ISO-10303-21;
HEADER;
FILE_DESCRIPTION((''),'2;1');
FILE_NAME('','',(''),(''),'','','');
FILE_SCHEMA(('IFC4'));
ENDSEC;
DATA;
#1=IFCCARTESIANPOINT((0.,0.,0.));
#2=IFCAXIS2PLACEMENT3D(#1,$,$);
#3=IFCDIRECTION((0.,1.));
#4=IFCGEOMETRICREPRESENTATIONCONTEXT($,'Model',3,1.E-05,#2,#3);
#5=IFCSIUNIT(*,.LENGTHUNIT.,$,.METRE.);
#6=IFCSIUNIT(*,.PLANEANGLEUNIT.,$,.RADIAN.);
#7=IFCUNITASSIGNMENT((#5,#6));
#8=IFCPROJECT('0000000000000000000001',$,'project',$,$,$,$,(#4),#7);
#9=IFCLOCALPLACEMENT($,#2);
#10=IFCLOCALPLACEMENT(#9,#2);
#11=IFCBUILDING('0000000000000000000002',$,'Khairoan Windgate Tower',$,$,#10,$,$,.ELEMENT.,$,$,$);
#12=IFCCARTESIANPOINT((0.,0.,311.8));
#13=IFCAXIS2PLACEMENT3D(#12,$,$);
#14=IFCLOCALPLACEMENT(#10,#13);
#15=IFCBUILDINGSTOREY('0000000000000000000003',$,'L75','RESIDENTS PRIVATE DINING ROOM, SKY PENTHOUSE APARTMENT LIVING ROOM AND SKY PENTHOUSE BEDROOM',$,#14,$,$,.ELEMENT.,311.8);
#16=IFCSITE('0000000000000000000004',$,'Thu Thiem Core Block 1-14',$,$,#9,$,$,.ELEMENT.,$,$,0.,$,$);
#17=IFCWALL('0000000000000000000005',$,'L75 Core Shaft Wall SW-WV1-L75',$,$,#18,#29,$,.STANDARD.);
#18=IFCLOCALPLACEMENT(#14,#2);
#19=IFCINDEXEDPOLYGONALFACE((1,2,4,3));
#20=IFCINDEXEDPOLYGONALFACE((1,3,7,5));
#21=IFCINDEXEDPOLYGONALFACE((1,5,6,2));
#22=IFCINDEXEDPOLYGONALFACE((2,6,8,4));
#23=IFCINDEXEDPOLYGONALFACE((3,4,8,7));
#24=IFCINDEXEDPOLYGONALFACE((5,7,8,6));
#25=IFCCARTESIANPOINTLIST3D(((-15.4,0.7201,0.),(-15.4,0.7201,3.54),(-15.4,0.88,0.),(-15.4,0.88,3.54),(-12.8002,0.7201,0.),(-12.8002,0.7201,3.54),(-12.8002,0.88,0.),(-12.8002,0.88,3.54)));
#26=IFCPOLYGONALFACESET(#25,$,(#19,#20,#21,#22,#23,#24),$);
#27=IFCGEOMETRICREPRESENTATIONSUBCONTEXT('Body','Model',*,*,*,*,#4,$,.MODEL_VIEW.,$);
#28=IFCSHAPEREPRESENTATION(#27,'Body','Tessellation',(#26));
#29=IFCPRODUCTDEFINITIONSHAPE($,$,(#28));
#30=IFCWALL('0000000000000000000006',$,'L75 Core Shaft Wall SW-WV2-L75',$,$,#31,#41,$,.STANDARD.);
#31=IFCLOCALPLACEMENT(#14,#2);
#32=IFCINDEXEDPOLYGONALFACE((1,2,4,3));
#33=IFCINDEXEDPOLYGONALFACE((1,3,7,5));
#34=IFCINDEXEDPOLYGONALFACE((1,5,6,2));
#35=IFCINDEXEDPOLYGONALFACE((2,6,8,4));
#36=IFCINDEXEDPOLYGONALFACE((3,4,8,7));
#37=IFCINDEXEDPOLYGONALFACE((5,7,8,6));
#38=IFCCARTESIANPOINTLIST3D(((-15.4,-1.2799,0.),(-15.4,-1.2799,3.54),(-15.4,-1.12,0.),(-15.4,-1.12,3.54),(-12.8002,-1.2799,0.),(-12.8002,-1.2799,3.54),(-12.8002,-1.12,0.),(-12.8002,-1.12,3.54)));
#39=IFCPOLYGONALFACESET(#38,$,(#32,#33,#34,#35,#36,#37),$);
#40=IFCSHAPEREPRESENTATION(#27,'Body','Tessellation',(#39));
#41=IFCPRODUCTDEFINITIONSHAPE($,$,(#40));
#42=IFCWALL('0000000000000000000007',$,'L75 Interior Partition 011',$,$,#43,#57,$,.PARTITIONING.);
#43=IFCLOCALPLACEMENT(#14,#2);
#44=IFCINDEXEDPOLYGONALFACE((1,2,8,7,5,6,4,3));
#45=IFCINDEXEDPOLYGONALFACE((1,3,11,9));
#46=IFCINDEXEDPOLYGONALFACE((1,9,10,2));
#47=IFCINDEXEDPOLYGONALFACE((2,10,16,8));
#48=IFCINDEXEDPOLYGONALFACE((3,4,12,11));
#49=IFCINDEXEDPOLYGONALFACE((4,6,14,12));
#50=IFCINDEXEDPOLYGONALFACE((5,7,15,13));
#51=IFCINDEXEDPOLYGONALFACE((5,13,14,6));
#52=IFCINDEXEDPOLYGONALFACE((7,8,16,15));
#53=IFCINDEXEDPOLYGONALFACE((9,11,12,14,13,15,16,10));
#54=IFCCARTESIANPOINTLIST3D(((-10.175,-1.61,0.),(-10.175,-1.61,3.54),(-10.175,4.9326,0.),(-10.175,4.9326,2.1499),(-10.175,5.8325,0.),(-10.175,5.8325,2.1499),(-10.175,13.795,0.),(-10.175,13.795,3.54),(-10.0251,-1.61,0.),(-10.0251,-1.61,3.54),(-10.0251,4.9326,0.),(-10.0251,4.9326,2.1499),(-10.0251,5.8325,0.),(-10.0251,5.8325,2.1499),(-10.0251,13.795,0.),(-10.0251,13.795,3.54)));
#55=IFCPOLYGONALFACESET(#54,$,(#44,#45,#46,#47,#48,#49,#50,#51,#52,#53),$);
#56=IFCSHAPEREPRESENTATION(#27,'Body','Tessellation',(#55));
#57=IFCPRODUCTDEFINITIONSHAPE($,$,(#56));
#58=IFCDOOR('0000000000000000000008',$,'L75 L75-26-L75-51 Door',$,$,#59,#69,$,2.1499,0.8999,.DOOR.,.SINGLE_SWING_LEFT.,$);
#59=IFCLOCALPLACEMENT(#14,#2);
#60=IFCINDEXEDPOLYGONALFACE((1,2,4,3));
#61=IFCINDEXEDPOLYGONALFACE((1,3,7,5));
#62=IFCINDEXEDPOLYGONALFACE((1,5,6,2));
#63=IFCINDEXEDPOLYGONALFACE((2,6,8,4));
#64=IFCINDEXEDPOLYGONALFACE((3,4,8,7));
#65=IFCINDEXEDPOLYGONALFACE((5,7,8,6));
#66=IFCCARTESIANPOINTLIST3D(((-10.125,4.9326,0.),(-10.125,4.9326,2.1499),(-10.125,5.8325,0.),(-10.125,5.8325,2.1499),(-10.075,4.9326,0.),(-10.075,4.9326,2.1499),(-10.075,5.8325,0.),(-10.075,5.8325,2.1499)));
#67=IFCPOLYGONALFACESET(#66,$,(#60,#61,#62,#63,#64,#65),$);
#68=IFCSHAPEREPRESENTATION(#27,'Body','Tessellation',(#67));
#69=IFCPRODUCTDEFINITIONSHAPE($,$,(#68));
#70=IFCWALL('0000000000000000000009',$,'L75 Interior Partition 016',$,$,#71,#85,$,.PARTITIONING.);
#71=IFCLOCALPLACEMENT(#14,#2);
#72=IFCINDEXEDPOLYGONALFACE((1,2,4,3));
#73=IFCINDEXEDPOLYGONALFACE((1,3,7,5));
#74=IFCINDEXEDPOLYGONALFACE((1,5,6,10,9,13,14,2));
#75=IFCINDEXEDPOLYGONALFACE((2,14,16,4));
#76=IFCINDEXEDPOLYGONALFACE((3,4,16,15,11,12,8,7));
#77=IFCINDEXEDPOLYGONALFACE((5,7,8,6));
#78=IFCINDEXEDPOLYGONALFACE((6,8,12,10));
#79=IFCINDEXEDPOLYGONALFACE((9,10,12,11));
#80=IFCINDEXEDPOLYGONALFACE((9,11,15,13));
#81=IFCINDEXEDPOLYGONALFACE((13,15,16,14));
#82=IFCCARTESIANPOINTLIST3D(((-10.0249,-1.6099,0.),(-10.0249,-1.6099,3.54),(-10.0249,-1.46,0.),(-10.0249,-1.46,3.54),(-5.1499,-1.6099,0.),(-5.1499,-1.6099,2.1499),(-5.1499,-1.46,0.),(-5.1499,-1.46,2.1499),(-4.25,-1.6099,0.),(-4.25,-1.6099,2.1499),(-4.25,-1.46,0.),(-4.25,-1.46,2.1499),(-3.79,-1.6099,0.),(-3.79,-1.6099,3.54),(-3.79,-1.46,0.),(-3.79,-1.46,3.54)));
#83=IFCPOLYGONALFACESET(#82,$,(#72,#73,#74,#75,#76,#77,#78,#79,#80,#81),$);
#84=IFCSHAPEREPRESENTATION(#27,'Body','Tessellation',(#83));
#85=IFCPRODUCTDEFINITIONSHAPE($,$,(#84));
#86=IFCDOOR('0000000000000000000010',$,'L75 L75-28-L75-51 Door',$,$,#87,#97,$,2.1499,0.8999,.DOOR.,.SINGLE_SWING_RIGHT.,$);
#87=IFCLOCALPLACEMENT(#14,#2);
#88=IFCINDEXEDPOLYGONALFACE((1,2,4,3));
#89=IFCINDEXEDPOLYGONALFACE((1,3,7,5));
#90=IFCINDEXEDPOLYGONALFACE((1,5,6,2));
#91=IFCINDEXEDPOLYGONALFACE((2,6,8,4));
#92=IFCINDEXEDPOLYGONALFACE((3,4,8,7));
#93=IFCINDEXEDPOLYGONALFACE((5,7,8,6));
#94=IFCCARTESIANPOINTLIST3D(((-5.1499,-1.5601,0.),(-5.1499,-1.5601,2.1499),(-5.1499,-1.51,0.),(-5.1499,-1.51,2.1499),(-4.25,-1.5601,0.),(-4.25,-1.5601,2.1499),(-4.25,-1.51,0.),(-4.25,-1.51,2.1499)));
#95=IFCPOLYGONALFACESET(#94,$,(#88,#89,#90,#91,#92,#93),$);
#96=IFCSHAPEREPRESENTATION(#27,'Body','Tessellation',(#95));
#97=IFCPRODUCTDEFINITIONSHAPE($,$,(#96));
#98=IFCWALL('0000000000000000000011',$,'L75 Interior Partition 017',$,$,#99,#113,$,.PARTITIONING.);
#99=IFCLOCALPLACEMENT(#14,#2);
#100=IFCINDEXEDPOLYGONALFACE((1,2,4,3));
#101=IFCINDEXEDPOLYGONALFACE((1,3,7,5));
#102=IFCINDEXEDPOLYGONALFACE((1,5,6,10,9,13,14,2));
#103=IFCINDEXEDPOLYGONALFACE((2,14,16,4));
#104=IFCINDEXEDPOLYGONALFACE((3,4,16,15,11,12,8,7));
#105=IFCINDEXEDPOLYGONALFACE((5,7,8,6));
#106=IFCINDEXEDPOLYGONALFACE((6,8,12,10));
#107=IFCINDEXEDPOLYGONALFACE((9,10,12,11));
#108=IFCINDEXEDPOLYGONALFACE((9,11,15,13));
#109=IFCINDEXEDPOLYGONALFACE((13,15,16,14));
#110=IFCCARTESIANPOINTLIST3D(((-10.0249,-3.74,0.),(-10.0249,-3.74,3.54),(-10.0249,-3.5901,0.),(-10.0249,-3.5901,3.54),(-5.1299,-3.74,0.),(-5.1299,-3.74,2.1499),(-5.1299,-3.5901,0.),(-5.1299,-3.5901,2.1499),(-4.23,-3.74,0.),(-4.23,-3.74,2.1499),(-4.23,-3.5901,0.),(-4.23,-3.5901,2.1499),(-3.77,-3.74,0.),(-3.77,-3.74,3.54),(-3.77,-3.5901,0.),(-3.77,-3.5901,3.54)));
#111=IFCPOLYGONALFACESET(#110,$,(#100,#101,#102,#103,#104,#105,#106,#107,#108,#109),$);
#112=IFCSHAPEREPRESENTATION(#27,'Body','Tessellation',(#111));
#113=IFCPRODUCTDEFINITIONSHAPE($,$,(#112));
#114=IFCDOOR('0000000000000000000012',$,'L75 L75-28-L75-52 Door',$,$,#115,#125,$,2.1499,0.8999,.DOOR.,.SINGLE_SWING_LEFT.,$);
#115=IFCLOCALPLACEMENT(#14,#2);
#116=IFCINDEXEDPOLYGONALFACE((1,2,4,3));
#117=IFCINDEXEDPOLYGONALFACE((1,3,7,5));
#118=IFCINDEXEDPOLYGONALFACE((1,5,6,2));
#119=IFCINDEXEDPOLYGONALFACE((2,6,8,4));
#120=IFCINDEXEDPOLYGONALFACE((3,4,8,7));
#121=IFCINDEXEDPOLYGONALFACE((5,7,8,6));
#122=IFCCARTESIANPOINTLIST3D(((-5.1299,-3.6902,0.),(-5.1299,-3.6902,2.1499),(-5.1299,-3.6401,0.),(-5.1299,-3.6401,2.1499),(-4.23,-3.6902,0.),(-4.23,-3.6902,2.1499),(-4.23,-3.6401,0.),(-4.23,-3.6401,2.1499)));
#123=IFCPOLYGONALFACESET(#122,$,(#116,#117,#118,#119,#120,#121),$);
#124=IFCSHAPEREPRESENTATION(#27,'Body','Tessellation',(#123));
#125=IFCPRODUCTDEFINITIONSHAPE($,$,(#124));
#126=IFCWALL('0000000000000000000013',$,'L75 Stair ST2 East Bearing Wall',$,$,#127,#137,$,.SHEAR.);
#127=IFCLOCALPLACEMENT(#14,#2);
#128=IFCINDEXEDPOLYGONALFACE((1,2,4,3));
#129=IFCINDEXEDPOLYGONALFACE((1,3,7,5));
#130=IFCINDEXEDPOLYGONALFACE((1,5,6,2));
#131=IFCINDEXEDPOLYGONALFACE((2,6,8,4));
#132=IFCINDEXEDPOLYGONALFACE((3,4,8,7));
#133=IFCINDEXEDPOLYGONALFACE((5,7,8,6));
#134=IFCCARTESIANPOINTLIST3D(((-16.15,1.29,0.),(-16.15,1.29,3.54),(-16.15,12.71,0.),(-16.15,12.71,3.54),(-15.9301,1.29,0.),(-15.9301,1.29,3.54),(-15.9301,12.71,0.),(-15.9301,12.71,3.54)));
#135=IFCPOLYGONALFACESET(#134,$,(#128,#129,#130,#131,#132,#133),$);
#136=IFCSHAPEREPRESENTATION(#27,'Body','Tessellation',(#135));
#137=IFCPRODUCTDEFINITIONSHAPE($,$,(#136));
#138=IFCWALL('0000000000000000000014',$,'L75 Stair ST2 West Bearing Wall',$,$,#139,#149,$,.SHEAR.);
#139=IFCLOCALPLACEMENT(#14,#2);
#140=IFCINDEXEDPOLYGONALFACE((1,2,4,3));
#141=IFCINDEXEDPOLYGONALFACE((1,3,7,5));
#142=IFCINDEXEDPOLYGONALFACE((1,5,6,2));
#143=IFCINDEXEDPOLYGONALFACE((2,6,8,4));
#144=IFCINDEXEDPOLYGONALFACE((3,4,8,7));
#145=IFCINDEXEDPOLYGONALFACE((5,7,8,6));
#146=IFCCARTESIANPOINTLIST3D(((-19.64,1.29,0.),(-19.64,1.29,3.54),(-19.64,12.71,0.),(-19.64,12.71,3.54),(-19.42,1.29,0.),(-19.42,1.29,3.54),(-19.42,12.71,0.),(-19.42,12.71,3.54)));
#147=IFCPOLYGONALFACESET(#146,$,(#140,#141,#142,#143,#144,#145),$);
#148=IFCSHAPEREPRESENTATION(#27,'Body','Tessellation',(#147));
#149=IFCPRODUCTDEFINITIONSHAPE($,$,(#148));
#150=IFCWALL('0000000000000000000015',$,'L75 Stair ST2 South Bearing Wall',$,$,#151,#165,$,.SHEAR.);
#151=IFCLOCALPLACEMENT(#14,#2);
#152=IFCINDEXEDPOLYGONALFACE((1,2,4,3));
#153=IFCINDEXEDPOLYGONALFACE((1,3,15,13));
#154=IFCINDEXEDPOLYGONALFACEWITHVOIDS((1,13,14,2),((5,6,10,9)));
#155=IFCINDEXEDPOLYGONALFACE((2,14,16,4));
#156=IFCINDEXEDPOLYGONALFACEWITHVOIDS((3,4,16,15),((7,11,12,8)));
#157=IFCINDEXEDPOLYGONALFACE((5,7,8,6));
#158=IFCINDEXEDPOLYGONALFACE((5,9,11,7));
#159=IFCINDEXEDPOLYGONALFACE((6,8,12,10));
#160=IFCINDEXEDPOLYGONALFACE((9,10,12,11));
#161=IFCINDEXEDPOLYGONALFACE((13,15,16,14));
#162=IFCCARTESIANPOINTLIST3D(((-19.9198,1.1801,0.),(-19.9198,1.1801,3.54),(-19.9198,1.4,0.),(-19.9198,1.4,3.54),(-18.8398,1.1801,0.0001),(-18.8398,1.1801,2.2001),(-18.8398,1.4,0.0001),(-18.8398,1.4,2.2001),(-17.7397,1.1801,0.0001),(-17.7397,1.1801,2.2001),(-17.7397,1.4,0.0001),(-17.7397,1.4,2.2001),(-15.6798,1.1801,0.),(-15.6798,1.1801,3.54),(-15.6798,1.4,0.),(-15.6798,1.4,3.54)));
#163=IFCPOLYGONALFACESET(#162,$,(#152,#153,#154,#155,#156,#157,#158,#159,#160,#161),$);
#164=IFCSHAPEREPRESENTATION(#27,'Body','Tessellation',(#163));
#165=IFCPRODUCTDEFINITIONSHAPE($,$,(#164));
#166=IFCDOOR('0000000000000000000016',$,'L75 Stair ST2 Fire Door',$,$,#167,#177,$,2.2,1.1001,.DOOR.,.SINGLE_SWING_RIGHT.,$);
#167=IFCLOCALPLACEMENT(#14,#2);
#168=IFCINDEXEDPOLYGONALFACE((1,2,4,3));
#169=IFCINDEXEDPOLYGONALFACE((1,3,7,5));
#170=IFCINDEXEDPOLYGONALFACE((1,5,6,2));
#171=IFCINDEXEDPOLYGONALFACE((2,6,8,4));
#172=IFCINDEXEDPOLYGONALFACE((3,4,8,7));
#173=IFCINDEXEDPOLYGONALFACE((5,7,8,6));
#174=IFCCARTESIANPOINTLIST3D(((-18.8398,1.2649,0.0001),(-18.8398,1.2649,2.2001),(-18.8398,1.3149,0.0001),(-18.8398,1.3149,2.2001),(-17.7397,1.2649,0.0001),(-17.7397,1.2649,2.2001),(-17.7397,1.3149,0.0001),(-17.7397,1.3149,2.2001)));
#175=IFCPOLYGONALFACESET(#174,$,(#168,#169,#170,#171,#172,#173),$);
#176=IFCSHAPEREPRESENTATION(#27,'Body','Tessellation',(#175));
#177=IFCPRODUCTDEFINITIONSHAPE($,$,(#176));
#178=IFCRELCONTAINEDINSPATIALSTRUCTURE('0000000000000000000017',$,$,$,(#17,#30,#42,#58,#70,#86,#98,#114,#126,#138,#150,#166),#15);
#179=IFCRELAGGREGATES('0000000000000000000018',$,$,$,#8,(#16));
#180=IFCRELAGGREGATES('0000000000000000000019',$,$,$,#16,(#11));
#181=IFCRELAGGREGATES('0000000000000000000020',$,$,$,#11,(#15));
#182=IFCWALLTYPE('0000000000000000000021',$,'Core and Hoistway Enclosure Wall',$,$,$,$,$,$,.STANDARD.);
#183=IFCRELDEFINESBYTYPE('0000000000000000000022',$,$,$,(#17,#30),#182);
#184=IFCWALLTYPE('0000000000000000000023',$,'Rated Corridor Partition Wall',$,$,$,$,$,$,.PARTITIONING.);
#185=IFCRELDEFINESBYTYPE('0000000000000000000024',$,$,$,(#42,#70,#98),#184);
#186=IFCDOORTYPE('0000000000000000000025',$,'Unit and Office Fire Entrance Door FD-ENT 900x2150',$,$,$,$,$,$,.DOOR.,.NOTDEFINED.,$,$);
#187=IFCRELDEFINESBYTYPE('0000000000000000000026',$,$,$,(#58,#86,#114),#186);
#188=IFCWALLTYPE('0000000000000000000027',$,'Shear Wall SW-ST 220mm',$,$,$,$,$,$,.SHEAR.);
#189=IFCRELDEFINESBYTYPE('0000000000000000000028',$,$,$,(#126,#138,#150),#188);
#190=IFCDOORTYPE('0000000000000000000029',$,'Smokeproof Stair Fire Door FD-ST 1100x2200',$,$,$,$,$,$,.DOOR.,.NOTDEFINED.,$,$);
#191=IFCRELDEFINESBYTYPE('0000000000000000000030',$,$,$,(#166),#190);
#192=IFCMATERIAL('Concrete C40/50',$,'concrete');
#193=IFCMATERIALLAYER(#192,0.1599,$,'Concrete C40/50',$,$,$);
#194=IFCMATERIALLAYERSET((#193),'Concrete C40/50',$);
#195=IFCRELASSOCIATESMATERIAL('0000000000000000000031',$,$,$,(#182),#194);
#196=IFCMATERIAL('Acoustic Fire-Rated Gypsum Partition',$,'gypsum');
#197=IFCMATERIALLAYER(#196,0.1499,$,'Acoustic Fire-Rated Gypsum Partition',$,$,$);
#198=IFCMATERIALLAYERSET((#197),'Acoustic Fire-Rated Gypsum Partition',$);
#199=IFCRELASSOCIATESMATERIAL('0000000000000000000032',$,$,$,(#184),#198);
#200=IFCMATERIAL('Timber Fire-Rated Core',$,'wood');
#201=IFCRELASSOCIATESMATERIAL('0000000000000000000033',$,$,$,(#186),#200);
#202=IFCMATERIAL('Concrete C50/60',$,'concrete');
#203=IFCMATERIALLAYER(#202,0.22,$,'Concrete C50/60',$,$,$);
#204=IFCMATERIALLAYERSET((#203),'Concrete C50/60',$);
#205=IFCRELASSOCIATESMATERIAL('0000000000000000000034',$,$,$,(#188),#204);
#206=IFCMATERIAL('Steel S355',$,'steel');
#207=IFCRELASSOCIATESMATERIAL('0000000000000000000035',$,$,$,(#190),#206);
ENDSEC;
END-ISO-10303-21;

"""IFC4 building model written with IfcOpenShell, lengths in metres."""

from ifc_helpers import new_model, si_unit, direction, frame, frame_2d, origin, place, context, subcontext, project, spatial, rectangle, extrude, material, layer, layer_set, type_object, element, fill, save


model = new_model("IFC4")

# Units and contexts
model_context = context("Model", 3, precision=1e-05, world=origin(), true_north=direction((0.0, 1.0)))
body_context = subcontext(model_context, "Body", "Model", "MODEL_VIEW")
ifc_project = project(units=[si_unit("LENGTHUNIT", "METRE"), si_unit("PLANEANGLEUNIT", "RADIAN")], contexts=[model_context])

# Site, building, storey
site_placement = place(None, origin())
site = spatial("IfcSite", under=ifc_project, at=site_placement, Name="Thu Thiem Core Block 1-14", CompositionType="ELEMENT", RefElevation=0.0)
building_placement = place(site_placement, origin())
building = spatial("IfcBuilding", under=site, at=building_placement, Name="Khairoan Windgate Tower", CompositionType="ELEMENT")
storey_placement = place(building_placement, frame((0.0, 0.0, 311.8)))
storey = spatial("IfcBuildingStorey", under=building, at=storey_placement, Name="L75", Description="RESIDENTS PRIVATE DINING ROOM, SKY PENTHOUSE APARTMENT LIVING ROOM AND SKY PENTHOUSE BEDROOM", CompositionType="ELEMENT", Elevation=311.8)

# Shared definitions
ifc_material_1 = material(Name="Concrete C40/50", Category="concrete")
ifc_layer_1 = layer(ifc_material_1, 0.1599, Name="Concrete C40/50")
ifc_layer_set_1 = layer_set([ifc_layer_1], Name="Concrete C40/50")
wall_type_1 = type_object("IfcWallType", Name="Core and Hoistway Enclosure Wall", PredefinedType="STANDARD", material=ifc_layer_set_1)

# Walls
for number, where, z_axis, x_axis, name in (
    (1, (-15.3999, 0.8, 0.0), (0.0, 0.0, 1.0), (1.0, 0.0, 0.0), "L75 Core Shaft Wall SW-WV1-L75"),
    (2, (-15.3999, -1.2, 0.0), (0.0, 0.0, 1.0), (1.0, 0.0, 0.0), "L75 Core Shaft Wall SW-WV2-L75"),
):
    element("IfcWall", number, at=place(storey_placement, frame(where, z_axis=z_axis, x_axis=x_axis)), inside=storey, type_object=wall_type_1, Name=name, PredefinedType="STANDARD", context=body_context, shape_type="SweptSolid", body=[
        extrude(rectangle(XDim=2.5999, YDim=0.1599, at=frame_2d((1.2998, 0.0))), origin(), (0.0, 0.0, 1.0), 3.54),
    ])

# Walls, openings, doors
ifc_material_2 = material(Name="Acoustic Fire-Rated Gypsum Partition", Category="gypsum")
ifc_layer_2 = layer(ifc_material_2, 0.1499, Name="Acoustic Fire-Rated Gypsum Partition")
ifc_layer_set_2 = layer_set([ifc_layer_2], Name="Acoustic Fire-Rated Gypsum Partition")
wall_type_2 = type_object("IfcWallType", Name="Rated Corridor Partition Wall", PredefinedType="PARTITIONING", material=ifc_layer_set_2)
wall_1_placement = place(storey_placement, frame((-10.1001, -1.6101, 0.0), z_axis=(0.0, 0.0, 1.0), x_axis=(0.0, 1.0, 0.0)))
wall_1 = element("IfcWall", 3, at=wall_1_placement, inside=storey, type_object=wall_type_2, Name="L75 Interior Partition 011", PredefinedType="PARTITIONING", context=body_context, shape_type="SweptSolid", body=[
    extrude(rectangle(XDim=15.405, YDim=0.1499, at=frame_2d((7.7026, 0.0))), origin(), (0.0, 0.0, 1.0), 3.54),
])
opening_1_placement = place(wall_1_placement, frame((6.5427, 0.0, 0.0)))
opening_1 = element("IfcOpeningElement", 4, at=opening_1_placement, cuts=wall_1, PredefinedType="OPENING", context=body_context, shape_type="SweptSolid", body=[
    extrude(rectangle(XDim=0.8999, YDim=2.1499, at=frame_2d((0.45, 1.075))), frame((0.0, 0.085, 0.0), z_axis=(0.0, -1.0, 0.0), x_axis=(1.0, 0.0, 0.0)), (0.0, 0.0, 1.0), 0.1699),
])
ifc_material_3 = material(Name="Timber Fire-Rated Core", Category="wood")
door_type_1 = type_object("IfcDoorType", Name="Unit and Office Fire Entrance Door FD-ENT 900x2150", OperationType="NOTDEFINED", PredefinedType="DOOR", material=ifc_material_3)
door_1_placement = place(opening_1_placement, origin())
door_1 = element("IfcDoor", 5, at=door_1_placement, inside=storey, type_object=door_type_1, Name="L75 L75-26-L75-51 Door", OperationType="SINGLE_SWING_LEFT", OverallHeight=2.1499, OverallWidth=0.8999, PredefinedType="DOOR", context=body_context, shape_type="SweptSolid", body=[
    extrude(rectangle(XDim=0.8999, YDim=2.1499, at=frame_2d((0.45, 1.075))), frame((0.0, 0.0249, 0.0), z_axis=(0.0, -1.0, 0.0), x_axis=(1.0, 0.0, 0.0)), (0.0, 0.0, 1.0), 0.05),
])
fill(opening_1, door_1)
wall_2_placement = place(storey_placement, frame((-10.0249, -1.5349, 0.0), z_axis=(0.0, 0.0, 1.0), x_axis=(1.0, 0.0, 0.0)))
wall_2 = element("IfcWall", 6, at=wall_2_placement, inside=storey, type_object=wall_type_2, Name="L75 Interior Partition 016", PredefinedType="PARTITIONING", context=body_context, shape_type="SweptSolid", body=[
    extrude(rectangle(XDim=6.2349, YDim=0.1499, at=frame_2d((3.1174, 0.0))), origin(), (0.0, 0.0, 1.0), 3.54),
])
opening_2_placement = place(wall_2_placement, frame((4.875, 0.0, 0.0)))
opening_2 = element("IfcOpeningElement", 7, at=opening_2_placement, cuts=wall_2, PredefinedType="OPENING", context=body_context, shape_type="SweptSolid", body=[
    extrude(rectangle(XDim=0.8999, YDim=2.1499, at=frame_2d((0.45, 1.075))), frame((0.0, 0.085, 0.0), z_axis=(0.0, -1.0, 0.0), x_axis=(1.0, 0.0, 0.0)), (0.0, 0.0, 1.0), 0.1699),
])
door_2_placement = place(opening_2_placement, origin())
door_2 = element("IfcDoor", 8, at=door_2_placement, inside=storey, type_object=door_type_1, Name="L75 L75-28-L75-51 Door", OperationType="SINGLE_SWING_RIGHT", OverallHeight=2.1499, OverallWidth=0.8999, PredefinedType="DOOR", context=body_context, shape_type="SweptSolid", body=[
    extrude(rectangle(XDim=0.8999, YDim=2.1499, at=frame_2d((0.45, 1.075))), frame((0.0, 0.0249, 0.0), z_axis=(0.0, -1.0, 0.0), x_axis=(1.0, 0.0, 0.0)), (0.0, 0.0, 1.0), 0.05),
])
fill(opening_2, door_2)
wall_3_placement = place(storey_placement, frame((-10.0249, -3.665, 0.0), z_axis=(0.0, 0.0, 1.0), x_axis=(1.0, 0.0, 0.0)))
wall_3 = element("IfcWall", 9, at=wall_3_placement, inside=storey, type_object=wall_type_2, Name="L75 Interior Partition 017", PredefinedType="PARTITIONING", context=body_context, shape_type="SweptSolid", body=[
    extrude(rectangle(XDim=6.2549, YDim=0.1499, at=frame_2d((3.1274, 0.0))), origin(), (0.0, 0.0, 1.0), 3.54),
])
opening_3_placement = place(wall_3_placement, frame((4.895, 0.0, 0.0)))
opening_3 = element("IfcOpeningElement", 10, at=opening_3_placement, cuts=wall_3, PredefinedType="OPENING", context=body_context, shape_type="SweptSolid", body=[
    extrude(rectangle(XDim=0.8999, YDim=2.1499, at=frame_2d((0.45, 1.075))), frame((0.0, 0.085, 0.0), z_axis=(0.0, -1.0, 0.0), x_axis=(1.0, 0.0, 0.0)), (0.0, 0.0, 1.0), 0.1699),
])
door_3_placement = place(opening_3_placement, origin())
door_3 = element("IfcDoor", 11, at=door_3_placement, inside=storey, type_object=door_type_1, Name="L75 L75-28-L75-52 Door", OperationType="SINGLE_SWING_LEFT", OverallHeight=2.1499, OverallWidth=0.8999, PredefinedType="DOOR", context=body_context, shape_type="SweptSolid", body=[
    extrude(rectangle(XDim=0.8999, YDim=2.1499, at=frame_2d((0.45, 1.075))), frame((0.0, 0.0249, 0.0), z_axis=(0.0, -1.0, 0.0), x_axis=(1.0, 0.0, 0.0)), (0.0, 0.0, 1.0), 0.05),
])
fill(opening_3, door_3)

# Walls
ifc_material_4 = material(Name="Concrete C50/60", Category="concrete")
ifc_layer_3 = layer(ifc_material_4, 0.22, Name="Concrete C50/60")
ifc_layer_set_3 = layer_set([ifc_layer_3], Name="Concrete C50/60")
wall_type_3 = type_object("IfcWallType", Name="Shear Wall SW-ST 220mm", PredefinedType="SHEAR", material=ifc_layer_set_3)
for number, where, z_axis, x_axis, name in (
    (12, (-16.04, 1.29, 0.0), (0.0, 0.0, 1.0), (0.0, 1.0, 0.0), "L75 Stair ST2 East Bearing Wall"),
    (13, (-19.53, 1.29, 0.0), (0.0, 0.0, 1.0), (0.0, 1.0, 0.0), "L75 Stair ST2 West Bearing Wall"),
):
    element("IfcWall", number, at=place(storey_placement, frame(where, z_axis=z_axis, x_axis=x_axis)), inside=storey, type_object=wall_type_3, Name=name, PredefinedType="SHEAR", context=body_context, shape_type="SweptSolid", body=[
        extrude(rectangle(XDim=11.4199, YDim=0.22, at=frame_2d((5.71, 0.0))), origin(), (0.0, 0.0, 1.0), 3.54),
    ])

# Wall, opening, door
wall_4_placement = place(storey_placement, frame((-19.9199, 1.29, 0.0), z_axis=(0.0, 0.0, 1.0), x_axis=(1.0, 0.0, 0.0)))
wall_4 = element("IfcWall", 14, at=wall_4_placement, inside=storey, type_object=wall_type_3, Name="L75 Stair ST2 South Bearing Wall", PredefinedType="SHEAR", context=body_context, shape_type="SweptSolid", body=[
    extrude(rectangle(XDim=4.24, YDim=0.22, at=frame_2d((2.1201, 0.0))), origin(), (0.0, 0.0, 1.0), 3.54),
])
opening_4_placement = place(wall_4_placement, frame((1.0801, 0.0, 0.0)))
opening_4 = element("IfcOpeningElement", 15, at=opening_4_placement, cuts=wall_4, PredefinedType="OPENING", context=body_context, shape_type="SweptSolid", body=[
    extrude(rectangle(XDim=1.1001, YDim=2.2, at=frame_2d((0.55, 1.1001))), frame((0.0, 0.1199, 0.0), z_axis=(0.0, -1.0, 0.0), x_axis=(1.0, 0.0, 0.0)), (0.0, 0.0, 1.0), 0.24),
])
ifc_material_5 = material(Name="Steel S355", Category="steel")
door_type_2 = type_object("IfcDoorType", Name="Smokeproof Stair Fire Door FD-ST 1100x2200", OperationType="NOTDEFINED", PredefinedType="DOOR", material=ifc_material_5)
door_4_placement = place(opening_4_placement, origin())
door_4 = element("IfcDoor", 16, at=door_4_placement, inside=storey, type_object=door_type_2, Name="L75 Stair ST2 Fire Door", OperationType="SINGLE_SWING_RIGHT", OverallHeight=2.2, OverallWidth=1.1001, PredefinedType="DOOR", context=body_context, shape_type="SweptSolid", body=[
    extrude(rectangle(XDim=1.1001, YDim=2.2, at=frame_2d((0.55, 1.1001))), frame((0.0, 0.0249, 0.0), z_axis=(0.0, -1.0, 0.0), x_axis=(1.0, 0.0, 0.0)), (0.0, 0.0, 1.0), 0.05),
])
fill(opening_4, door_4)

save(model, "model.ifc")
